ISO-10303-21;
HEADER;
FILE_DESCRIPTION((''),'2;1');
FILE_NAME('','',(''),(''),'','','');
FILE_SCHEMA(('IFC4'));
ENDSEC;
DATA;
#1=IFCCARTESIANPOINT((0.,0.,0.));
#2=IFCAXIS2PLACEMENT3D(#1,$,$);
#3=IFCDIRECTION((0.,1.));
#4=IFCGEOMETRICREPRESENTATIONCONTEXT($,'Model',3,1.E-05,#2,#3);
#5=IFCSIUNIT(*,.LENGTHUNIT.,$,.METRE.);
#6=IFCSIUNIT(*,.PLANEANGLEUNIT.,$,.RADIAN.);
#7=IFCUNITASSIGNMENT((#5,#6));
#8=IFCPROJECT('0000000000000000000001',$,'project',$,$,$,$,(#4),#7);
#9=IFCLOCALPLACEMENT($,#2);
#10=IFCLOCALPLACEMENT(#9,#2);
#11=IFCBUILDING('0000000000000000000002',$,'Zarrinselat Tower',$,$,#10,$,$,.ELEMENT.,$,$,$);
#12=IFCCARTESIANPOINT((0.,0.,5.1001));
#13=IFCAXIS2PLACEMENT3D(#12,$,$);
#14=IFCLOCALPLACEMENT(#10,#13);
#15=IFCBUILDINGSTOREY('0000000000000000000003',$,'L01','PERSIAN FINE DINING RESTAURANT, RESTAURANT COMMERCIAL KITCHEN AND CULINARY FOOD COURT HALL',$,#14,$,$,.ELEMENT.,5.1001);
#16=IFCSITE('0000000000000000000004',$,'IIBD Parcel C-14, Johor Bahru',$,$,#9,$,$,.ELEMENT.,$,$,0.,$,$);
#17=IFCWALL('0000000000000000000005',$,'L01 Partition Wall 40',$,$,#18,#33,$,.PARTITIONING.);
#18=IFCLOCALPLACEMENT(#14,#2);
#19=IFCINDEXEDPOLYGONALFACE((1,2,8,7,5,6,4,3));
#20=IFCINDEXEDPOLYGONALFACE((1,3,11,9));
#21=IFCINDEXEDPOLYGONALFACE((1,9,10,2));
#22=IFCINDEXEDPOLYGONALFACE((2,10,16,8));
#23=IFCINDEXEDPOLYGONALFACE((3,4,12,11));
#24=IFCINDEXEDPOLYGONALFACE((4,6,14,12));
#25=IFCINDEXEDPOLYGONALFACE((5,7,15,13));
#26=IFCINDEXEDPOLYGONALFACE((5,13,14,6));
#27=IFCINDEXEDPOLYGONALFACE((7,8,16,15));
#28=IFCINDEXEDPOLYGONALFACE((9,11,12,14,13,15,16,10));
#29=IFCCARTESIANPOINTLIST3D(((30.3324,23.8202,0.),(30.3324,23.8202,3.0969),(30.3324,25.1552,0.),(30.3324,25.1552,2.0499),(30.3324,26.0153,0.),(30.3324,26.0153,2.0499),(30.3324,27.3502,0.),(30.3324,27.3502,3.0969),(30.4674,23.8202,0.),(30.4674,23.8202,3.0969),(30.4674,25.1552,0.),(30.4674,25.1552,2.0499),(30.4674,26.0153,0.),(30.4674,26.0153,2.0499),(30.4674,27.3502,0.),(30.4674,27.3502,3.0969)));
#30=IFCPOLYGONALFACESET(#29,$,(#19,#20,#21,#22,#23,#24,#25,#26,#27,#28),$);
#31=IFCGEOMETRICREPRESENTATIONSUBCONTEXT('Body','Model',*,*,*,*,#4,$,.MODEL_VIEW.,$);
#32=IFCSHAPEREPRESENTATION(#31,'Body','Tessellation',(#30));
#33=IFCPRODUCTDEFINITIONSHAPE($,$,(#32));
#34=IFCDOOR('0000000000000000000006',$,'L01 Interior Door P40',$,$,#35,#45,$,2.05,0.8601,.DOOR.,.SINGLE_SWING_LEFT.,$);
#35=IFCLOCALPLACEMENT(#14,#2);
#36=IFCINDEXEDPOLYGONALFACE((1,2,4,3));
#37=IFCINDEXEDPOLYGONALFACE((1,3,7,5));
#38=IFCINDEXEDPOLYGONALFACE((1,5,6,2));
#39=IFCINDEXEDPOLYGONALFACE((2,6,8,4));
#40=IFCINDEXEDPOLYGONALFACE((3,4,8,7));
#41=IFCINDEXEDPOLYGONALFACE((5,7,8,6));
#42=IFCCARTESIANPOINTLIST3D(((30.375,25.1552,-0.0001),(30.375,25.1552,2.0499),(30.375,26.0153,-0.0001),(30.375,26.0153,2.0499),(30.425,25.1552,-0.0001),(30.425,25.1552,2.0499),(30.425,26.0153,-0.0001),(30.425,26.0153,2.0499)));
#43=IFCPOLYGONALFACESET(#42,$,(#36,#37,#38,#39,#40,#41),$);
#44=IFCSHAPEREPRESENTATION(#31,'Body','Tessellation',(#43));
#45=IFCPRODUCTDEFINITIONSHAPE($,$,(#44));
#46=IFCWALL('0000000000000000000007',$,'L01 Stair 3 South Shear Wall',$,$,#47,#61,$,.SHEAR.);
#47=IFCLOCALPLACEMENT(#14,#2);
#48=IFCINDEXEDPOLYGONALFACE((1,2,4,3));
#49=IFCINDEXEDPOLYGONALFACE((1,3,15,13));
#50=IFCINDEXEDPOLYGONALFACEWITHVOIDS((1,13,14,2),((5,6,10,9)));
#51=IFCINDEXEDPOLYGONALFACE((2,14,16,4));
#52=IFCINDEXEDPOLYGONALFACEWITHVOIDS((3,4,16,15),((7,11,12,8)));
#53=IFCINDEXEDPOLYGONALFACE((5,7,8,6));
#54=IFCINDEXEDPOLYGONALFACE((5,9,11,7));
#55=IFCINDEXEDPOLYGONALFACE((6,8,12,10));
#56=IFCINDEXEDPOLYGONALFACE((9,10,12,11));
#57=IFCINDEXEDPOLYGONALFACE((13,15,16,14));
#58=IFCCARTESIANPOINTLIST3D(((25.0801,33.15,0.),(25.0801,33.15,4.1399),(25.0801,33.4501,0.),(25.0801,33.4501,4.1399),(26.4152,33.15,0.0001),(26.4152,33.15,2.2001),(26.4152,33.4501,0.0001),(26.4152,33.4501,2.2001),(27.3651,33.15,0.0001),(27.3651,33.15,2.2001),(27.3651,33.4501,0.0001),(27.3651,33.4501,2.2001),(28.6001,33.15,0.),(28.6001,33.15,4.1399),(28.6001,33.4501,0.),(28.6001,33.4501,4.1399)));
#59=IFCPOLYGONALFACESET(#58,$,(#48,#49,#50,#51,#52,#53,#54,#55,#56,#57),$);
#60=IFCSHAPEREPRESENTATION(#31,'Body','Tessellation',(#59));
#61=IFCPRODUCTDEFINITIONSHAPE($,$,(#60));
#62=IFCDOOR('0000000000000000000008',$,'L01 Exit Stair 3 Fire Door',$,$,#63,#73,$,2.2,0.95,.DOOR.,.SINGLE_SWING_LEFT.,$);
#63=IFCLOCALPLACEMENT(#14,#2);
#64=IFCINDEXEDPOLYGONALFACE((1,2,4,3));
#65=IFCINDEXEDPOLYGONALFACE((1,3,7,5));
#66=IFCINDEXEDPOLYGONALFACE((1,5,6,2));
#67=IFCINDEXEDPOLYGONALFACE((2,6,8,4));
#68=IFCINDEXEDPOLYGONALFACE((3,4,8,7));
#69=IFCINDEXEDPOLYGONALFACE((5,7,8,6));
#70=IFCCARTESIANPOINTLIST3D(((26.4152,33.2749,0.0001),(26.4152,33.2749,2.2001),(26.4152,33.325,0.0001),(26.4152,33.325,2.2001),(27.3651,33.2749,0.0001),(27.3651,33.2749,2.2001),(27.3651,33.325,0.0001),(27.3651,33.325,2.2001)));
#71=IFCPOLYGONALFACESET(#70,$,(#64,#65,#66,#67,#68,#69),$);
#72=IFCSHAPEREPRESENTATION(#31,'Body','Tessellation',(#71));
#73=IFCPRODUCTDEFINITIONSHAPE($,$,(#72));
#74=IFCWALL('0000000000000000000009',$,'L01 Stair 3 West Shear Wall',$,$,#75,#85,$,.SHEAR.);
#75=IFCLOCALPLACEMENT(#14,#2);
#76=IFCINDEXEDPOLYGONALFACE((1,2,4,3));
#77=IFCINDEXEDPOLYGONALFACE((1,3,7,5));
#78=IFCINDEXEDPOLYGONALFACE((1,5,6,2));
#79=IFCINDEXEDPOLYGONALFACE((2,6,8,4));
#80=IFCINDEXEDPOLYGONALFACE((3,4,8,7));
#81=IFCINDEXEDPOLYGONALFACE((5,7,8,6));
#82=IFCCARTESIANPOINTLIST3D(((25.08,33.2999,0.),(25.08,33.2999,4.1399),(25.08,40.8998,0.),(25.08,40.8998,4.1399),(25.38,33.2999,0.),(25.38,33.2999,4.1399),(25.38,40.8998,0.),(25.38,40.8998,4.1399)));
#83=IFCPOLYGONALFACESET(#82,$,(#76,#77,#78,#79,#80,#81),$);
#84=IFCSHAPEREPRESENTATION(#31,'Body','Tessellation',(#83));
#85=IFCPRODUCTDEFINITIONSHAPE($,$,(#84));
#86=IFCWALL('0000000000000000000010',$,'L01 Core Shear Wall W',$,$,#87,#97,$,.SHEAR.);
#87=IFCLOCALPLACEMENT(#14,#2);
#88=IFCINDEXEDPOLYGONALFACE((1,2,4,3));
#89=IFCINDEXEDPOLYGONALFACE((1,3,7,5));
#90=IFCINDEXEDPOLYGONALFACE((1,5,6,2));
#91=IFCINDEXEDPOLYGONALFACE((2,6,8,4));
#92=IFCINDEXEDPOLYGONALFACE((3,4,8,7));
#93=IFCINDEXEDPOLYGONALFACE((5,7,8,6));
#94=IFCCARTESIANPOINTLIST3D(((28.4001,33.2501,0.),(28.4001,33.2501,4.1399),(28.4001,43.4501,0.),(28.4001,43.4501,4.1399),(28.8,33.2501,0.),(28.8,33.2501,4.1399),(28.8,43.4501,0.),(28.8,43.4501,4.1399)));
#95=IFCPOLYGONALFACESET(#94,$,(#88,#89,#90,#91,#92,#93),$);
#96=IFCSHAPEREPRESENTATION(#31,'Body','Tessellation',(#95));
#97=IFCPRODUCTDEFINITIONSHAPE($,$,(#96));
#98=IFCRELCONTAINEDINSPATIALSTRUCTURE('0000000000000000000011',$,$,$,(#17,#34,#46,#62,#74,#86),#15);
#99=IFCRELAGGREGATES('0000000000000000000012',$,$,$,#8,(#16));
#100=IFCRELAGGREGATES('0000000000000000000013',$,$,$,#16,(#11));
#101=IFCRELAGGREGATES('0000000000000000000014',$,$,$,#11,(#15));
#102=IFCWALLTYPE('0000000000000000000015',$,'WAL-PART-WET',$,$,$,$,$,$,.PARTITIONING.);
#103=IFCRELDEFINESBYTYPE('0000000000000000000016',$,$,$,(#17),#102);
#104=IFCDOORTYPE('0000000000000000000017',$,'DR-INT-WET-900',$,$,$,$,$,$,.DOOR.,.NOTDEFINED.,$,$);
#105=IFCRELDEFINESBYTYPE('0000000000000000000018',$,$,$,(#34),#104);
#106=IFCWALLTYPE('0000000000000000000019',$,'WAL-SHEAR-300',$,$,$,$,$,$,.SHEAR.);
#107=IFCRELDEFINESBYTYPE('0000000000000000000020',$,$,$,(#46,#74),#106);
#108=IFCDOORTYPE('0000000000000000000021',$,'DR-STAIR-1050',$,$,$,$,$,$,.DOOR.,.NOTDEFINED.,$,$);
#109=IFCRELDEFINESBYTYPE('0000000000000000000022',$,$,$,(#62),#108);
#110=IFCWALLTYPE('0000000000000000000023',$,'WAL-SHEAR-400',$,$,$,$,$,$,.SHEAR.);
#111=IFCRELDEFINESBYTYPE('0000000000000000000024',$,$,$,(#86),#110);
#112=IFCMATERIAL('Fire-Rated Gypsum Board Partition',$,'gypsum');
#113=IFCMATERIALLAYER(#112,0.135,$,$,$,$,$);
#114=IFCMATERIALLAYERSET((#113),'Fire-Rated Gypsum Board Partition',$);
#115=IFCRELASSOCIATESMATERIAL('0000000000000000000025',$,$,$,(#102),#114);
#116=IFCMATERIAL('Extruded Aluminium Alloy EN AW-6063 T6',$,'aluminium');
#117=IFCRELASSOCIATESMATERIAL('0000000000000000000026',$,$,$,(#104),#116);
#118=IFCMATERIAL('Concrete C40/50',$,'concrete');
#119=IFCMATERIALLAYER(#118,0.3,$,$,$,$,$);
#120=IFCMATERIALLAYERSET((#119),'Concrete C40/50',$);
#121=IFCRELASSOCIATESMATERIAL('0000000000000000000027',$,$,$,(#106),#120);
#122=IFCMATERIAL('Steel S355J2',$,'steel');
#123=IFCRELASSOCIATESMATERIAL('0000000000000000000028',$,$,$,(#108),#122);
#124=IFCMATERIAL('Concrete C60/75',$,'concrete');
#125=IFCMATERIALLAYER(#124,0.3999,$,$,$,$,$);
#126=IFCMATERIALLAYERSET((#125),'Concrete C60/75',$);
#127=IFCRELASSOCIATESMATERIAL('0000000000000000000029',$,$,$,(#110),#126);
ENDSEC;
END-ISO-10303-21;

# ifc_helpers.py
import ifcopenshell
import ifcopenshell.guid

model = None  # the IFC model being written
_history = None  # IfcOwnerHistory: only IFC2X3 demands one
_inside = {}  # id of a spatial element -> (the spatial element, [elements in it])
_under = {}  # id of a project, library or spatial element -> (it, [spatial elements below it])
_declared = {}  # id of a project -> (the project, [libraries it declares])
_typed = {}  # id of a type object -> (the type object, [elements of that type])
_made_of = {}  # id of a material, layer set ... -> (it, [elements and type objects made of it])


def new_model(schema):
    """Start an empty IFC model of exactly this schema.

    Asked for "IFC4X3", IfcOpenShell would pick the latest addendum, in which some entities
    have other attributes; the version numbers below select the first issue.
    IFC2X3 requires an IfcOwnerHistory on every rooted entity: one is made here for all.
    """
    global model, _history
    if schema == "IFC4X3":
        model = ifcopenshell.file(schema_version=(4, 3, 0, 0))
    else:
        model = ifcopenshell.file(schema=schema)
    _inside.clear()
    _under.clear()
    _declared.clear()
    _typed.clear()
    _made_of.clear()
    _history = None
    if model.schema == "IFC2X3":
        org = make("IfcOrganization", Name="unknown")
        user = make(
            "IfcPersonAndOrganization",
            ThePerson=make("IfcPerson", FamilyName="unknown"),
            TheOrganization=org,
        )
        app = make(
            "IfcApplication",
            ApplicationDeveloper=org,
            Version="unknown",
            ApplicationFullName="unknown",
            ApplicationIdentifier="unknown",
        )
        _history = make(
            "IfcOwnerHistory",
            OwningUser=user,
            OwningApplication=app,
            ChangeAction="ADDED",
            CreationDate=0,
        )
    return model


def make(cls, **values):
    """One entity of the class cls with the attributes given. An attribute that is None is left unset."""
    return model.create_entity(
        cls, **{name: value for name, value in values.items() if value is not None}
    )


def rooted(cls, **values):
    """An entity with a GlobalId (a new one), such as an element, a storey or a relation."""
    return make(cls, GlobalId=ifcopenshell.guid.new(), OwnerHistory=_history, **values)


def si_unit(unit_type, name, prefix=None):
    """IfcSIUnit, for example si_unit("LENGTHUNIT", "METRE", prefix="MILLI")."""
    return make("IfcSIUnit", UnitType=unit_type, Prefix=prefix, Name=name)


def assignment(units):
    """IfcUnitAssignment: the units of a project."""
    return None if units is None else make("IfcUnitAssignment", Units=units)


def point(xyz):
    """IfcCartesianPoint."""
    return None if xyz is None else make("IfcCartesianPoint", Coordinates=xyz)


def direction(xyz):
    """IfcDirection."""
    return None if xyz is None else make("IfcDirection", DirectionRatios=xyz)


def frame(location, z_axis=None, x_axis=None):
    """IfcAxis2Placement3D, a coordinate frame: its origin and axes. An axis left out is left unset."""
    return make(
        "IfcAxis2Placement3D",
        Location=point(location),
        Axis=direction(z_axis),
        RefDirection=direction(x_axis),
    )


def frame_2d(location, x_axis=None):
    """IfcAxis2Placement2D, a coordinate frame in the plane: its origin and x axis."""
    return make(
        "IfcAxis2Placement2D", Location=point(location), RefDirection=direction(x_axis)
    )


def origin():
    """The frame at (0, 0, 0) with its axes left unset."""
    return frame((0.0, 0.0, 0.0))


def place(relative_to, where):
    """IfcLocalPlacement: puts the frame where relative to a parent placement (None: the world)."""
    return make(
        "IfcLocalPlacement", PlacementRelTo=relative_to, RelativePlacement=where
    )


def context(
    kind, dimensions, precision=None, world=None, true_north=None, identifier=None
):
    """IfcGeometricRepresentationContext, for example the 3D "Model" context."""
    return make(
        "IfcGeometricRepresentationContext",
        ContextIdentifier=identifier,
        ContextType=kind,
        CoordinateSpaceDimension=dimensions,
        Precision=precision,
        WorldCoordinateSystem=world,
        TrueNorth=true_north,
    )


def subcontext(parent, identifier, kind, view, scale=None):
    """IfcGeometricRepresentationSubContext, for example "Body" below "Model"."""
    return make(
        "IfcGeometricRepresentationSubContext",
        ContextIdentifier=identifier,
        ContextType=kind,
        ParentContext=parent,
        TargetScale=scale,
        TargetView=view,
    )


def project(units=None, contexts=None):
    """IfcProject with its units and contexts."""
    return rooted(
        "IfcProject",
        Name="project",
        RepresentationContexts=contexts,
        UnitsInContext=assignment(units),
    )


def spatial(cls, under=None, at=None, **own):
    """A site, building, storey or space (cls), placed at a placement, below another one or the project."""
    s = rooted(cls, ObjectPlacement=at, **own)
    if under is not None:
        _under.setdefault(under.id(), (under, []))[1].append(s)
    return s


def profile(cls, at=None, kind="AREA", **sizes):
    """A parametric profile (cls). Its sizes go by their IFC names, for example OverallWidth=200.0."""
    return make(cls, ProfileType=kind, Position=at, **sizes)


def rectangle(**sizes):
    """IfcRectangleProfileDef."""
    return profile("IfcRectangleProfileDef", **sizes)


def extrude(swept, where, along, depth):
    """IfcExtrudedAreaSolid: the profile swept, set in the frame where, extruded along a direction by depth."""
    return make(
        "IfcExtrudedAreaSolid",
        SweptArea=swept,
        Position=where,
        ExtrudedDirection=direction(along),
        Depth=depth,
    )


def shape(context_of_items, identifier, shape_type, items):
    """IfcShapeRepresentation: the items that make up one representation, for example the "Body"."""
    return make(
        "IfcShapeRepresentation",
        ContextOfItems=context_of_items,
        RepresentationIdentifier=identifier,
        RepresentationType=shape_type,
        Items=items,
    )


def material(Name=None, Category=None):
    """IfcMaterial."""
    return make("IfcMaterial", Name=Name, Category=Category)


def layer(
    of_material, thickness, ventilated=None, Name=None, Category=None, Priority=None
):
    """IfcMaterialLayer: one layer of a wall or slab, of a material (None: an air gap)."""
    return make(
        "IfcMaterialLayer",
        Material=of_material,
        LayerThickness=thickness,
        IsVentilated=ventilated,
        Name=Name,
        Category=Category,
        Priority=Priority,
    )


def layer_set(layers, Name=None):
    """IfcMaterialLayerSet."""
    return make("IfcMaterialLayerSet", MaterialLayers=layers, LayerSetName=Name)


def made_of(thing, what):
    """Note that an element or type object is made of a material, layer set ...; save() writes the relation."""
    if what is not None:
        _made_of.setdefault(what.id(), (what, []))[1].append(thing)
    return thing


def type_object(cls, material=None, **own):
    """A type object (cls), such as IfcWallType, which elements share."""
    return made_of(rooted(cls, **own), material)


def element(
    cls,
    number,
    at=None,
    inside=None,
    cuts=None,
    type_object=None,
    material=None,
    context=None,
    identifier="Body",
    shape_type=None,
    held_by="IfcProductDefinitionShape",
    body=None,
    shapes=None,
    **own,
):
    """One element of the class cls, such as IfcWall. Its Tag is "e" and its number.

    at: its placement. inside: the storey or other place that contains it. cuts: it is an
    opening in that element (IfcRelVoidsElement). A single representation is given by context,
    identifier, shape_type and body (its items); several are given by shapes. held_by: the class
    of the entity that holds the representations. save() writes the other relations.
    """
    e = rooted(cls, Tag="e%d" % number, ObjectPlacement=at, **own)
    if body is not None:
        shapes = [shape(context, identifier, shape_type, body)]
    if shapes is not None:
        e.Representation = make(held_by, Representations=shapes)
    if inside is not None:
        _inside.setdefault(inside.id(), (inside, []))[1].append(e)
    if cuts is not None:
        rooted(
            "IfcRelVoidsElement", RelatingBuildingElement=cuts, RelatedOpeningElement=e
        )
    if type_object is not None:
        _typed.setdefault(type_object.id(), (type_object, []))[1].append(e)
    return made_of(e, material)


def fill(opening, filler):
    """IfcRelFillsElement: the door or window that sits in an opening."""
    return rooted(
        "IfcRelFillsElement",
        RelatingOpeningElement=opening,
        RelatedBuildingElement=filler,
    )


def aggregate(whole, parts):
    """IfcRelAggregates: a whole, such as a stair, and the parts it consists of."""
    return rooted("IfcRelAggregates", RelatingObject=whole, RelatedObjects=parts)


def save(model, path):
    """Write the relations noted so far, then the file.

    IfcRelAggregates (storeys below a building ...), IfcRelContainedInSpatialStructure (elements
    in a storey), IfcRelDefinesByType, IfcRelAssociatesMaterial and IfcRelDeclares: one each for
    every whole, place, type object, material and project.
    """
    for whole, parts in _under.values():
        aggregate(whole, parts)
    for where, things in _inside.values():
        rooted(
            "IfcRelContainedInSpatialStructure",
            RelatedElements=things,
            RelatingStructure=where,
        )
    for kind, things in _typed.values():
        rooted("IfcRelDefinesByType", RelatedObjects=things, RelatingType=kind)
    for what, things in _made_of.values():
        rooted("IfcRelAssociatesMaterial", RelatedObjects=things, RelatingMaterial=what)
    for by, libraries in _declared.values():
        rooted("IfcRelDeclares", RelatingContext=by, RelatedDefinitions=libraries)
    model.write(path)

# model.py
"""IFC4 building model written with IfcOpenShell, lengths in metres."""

from ifc_helpers import new_model, si_unit, direction, frame, frame_2d, origin, place, context, subcontext, project, spatial, rectangle, extrude, material, layer, layer_set, type_object, element, fill, save


model = new_model("IFC4")

# Units and contexts
model_context = context("Model", 3, precision=1e-05, world=origin(), true_north=direction((0.0, 1.0)))
body_context = subcontext(model_context, "Body", "Model", "MODEL_VIEW")
ifc_project = project(units=[si_unit("LENGTHUNIT", "METRE"), si_unit("PLANEANGLEUNIT", "RADIAN")], contexts=[model_context])

# Site, building, storey
site_placement = place(None, origin())
site = spatial("IfcSite", under=ifc_project, at=site_placement, Name="IIBD Parcel C-14, Johor Bahru", CompositionType="ELEMENT", RefElevation=0.0)
building_placement = place(site_placement, origin())
building = spatial("IfcBuilding", under=site, at=building_placement, Name="Zarrinselat Tower", CompositionType="ELEMENT")
storey_placement = place(building_placement, frame((0.0, 0.0, 5.1001)))
storey = spatial("IfcBuildingStorey", under=building, at=storey_placement, Name="L01", Description="PERSIAN FINE DINING RESTAURANT, RESTAURANT COMMERCIAL KITCHEN AND CULINARY FOOD COURT HALL", CompositionType="ELEMENT", Elevation=5.1001)

# Walls, openings, doors
ifc_material_1 = material(Name="Fire-Rated Gypsum Board Partition", Category="gypsum")
ifc_layer_1 = layer(ifc_material_1, 0.135)
ifc_layer_set_1 = layer_set([ifc_layer_1], Name="Fire-Rated Gypsum Board Partition")
wall_type_1 = type_object("IfcWallType", Name="WAL-PART-WET", PredefinedType="PARTITIONING", material=ifc_layer_set_1)
ifc_material_2 = material(Name="Extruded Aluminium Alloy EN AW-6063 T6", Category="aluminium")
door_type_1 = type_object("IfcDoorType", Name="DR-INT-WET-900", OperationType="NOTDEFINED", PredefinedType="DOOR", material=ifc_material_2)
wall_1_placement = place(storey_placement, frame((30.3999, 23.8201, 0.0), z_axis=(0.0, 0.0, 1.0), x_axis=(0.0, 1.0, 0.0)))
wall_1 = element("IfcWall", 1, at=wall_1_placement, inside=storey, type_object=wall_type_1, Name="L01 Partition Wall 40", PredefinedType="PARTITIONING", context=body_context, shape_type="SweptSolid", body=[
    extrude(rectangle(XDim=3.53, YDim=0.135, at=frame_2d((1.7651, 0.0))), origin(), (0.0, 0.0, 1.0), 3.0969),
])
opening_1_placement = place(wall_1_placement, frame((1.335, 0.0, 0.0)))
opening_1 = element("IfcOpeningElement", 2, at=opening_1_placement, cuts=wall_1, PredefinedType="OPENING", context=body_context, shape_type="SweptSolid", body=[
    extrude(rectangle(XDim=0.8601, YDim=2.05, at=frame_2d((0.4302, 1.0249))), frame((0.0, 0.0774, 0.0), z_axis=(0.0, -1.0, 0.0), x_axis=(1.0, 0.0, 0.0)), (0.0, 0.0, 1.0), 0.155),
])
door_1_placement = place(opening_1_placement, origin())
door_1 = element("IfcDoor", 3, at=door_1_placement, inside=storey, type_object=door_type_1, Name="L01 Interior Door P40", OperationType="SINGLE_SWING_LEFT", OverallHeight=2.05, OverallWidth=0.8601, PredefinedType="DOOR", context=body_context, shape_type="SweptSolid", body=[
    extrude(rectangle(XDim=0.8601, YDim=2.05, at=frame_2d((0.4302, 1.0249))), frame((0.0, 0.0249, 0.0), z_axis=(0.0, -1.0, 0.0), x_axis=(1.0, 0.0, 0.0)), (0.0, 0.0, 1.0), 0.05),
])
fill(opening_1, door_1)
ifc_material_3 = material(Name="Concrete C40/50", Category="concrete")
ifc_layer_2 = layer(ifc_material_3, 0.3)
ifc_layer_set_2 = layer_set([ifc_layer_2], Name="Concrete C40/50")
wall_type_2 = type_object("IfcWallType", Name="WAL-SHEAR-300", PredefinedType="SHEAR", material=ifc_layer_set_2)
wall_2_placement = place(storey_placement, frame((25.0801, 33.3, 0.0), z_axis=(0.0, 0.0, 1.0), x_axis=(1.0, 0.0, 0.0)))
wall_2 = element("IfcWall", 4, at=wall_2_placement, inside=storey, type_object=wall_type_2, Name="L01 Stair 3 South Shear Wall", PredefinedType="SHEAR", context=body_context, shape_type="SweptSolid", body=[
    extrude(rectangle(XDim=3.52, YDim=0.3, at=frame_2d((1.76, 0.0))), origin(), (0.0, 0.0, 1.0), 4.1399),
])
opening_2_placement = place(wall_2_placement, frame((1.335, 0.0, 0.0)))
opening_2 = element("IfcOpeningElement", 5, at=opening_2_placement, cuts=wall_2, PredefinedType="OPENING", context=body_context, shape_type="SweptSolid", body=[
    extrude(rectangle(XDim=0.95, YDim=2.2, at=frame_2d((0.4751, 1.1001))), frame((0.0, 0.1599, 0.0), z_axis=(0.0, -1.0, 0.0), x_axis=(1.0, 0.0, 0.0)), (0.0, 0.0, 1.0), 0.3201),
])
ifc_material_4 = material(Name="Steel S355J2", Category="steel")
door_type_2 = type_object("IfcDoorType", Name="DR-STAIR-1050", OperationType="NOTDEFINED", PredefinedType="DOOR", material=ifc_material_4)
door_2_placement = place(opening_2_placement, origin())
door_2 = element("IfcDoor", 6, at=door_2_placement, inside=storey, type_object=door_type_2, Name="L01 Exit Stair 3 Fire Door", OperationType="SINGLE_SWING_LEFT", OverallHeight=2.2, OverallWidth=0.95, PredefinedType="DOOR", context=body_context, shape_type="SweptSolid", body=[
    extrude(rectangle(XDim=0.95, YDim=2.2, at=frame_2d((0.4751, 1.1001))), frame((0.0, 0.0249, 0.0), z_axis=(0.0, -1.0, 0.0), x_axis=(1.0, 0.0, 0.0)), (0.0, 0.0, 1.0), 0.05),
])
fill(opening_2, door_2)

# Wall
wall_3_placement = place(storey_placement, frame((25.23, 33.3, 0.0), z_axis=(0.0, 0.0, 1.0), x_axis=(0.0, 1.0, 0.0)))
element("IfcWall", 7, at=wall_3_placement, inside=storey, type_object=wall_type_2, Name="L01 Stair 3 West Shear Wall", PredefinedType="SHEAR", context=body_context, shape_type="SweptSolid", body=[
    extrude(rectangle(XDim=7.5999, YDim=0.3, at=frame_2d((3.7998, 0.0))), origin(), (0.0, 0.0, 1.0), 4.1399),
])

# Shared definitions
ifc_material_5 = material(Name="Concrete C60/75", Category="concrete")
ifc_layer_3 = layer(ifc_material_5, 0.3999)
ifc_layer_set_3 = layer_set([ifc_layer_3], Name="Concrete C60/75")
wall_type_3 = type_object("IfcWallType", Name="WAL-SHEAR-400", PredefinedType="SHEAR", material=ifc_layer_set_3)

# Wall
wall_4_placement = place(storey_placement, frame((28.6001, 33.25, 0.0), z_axis=(0.0, 0.0, 1.0), x_axis=(0.0, 1.0, 0.0)))
element("IfcWall", 8, at=wall_4_placement, inside=storey, type_object=wall_type_3, Name="L01 Core Shear Wall W", PredefinedType="SHEAR", context=body_context, shape_type="SweptSolid", body=[
    extrude(rectangle(XDim=10.2, YDim=0.3999, at=frame_2d((5.1001, 0.0))), origin(), (0.0, 0.0, 1.0), 4.1399),
])

save(model, "model.ifc")
